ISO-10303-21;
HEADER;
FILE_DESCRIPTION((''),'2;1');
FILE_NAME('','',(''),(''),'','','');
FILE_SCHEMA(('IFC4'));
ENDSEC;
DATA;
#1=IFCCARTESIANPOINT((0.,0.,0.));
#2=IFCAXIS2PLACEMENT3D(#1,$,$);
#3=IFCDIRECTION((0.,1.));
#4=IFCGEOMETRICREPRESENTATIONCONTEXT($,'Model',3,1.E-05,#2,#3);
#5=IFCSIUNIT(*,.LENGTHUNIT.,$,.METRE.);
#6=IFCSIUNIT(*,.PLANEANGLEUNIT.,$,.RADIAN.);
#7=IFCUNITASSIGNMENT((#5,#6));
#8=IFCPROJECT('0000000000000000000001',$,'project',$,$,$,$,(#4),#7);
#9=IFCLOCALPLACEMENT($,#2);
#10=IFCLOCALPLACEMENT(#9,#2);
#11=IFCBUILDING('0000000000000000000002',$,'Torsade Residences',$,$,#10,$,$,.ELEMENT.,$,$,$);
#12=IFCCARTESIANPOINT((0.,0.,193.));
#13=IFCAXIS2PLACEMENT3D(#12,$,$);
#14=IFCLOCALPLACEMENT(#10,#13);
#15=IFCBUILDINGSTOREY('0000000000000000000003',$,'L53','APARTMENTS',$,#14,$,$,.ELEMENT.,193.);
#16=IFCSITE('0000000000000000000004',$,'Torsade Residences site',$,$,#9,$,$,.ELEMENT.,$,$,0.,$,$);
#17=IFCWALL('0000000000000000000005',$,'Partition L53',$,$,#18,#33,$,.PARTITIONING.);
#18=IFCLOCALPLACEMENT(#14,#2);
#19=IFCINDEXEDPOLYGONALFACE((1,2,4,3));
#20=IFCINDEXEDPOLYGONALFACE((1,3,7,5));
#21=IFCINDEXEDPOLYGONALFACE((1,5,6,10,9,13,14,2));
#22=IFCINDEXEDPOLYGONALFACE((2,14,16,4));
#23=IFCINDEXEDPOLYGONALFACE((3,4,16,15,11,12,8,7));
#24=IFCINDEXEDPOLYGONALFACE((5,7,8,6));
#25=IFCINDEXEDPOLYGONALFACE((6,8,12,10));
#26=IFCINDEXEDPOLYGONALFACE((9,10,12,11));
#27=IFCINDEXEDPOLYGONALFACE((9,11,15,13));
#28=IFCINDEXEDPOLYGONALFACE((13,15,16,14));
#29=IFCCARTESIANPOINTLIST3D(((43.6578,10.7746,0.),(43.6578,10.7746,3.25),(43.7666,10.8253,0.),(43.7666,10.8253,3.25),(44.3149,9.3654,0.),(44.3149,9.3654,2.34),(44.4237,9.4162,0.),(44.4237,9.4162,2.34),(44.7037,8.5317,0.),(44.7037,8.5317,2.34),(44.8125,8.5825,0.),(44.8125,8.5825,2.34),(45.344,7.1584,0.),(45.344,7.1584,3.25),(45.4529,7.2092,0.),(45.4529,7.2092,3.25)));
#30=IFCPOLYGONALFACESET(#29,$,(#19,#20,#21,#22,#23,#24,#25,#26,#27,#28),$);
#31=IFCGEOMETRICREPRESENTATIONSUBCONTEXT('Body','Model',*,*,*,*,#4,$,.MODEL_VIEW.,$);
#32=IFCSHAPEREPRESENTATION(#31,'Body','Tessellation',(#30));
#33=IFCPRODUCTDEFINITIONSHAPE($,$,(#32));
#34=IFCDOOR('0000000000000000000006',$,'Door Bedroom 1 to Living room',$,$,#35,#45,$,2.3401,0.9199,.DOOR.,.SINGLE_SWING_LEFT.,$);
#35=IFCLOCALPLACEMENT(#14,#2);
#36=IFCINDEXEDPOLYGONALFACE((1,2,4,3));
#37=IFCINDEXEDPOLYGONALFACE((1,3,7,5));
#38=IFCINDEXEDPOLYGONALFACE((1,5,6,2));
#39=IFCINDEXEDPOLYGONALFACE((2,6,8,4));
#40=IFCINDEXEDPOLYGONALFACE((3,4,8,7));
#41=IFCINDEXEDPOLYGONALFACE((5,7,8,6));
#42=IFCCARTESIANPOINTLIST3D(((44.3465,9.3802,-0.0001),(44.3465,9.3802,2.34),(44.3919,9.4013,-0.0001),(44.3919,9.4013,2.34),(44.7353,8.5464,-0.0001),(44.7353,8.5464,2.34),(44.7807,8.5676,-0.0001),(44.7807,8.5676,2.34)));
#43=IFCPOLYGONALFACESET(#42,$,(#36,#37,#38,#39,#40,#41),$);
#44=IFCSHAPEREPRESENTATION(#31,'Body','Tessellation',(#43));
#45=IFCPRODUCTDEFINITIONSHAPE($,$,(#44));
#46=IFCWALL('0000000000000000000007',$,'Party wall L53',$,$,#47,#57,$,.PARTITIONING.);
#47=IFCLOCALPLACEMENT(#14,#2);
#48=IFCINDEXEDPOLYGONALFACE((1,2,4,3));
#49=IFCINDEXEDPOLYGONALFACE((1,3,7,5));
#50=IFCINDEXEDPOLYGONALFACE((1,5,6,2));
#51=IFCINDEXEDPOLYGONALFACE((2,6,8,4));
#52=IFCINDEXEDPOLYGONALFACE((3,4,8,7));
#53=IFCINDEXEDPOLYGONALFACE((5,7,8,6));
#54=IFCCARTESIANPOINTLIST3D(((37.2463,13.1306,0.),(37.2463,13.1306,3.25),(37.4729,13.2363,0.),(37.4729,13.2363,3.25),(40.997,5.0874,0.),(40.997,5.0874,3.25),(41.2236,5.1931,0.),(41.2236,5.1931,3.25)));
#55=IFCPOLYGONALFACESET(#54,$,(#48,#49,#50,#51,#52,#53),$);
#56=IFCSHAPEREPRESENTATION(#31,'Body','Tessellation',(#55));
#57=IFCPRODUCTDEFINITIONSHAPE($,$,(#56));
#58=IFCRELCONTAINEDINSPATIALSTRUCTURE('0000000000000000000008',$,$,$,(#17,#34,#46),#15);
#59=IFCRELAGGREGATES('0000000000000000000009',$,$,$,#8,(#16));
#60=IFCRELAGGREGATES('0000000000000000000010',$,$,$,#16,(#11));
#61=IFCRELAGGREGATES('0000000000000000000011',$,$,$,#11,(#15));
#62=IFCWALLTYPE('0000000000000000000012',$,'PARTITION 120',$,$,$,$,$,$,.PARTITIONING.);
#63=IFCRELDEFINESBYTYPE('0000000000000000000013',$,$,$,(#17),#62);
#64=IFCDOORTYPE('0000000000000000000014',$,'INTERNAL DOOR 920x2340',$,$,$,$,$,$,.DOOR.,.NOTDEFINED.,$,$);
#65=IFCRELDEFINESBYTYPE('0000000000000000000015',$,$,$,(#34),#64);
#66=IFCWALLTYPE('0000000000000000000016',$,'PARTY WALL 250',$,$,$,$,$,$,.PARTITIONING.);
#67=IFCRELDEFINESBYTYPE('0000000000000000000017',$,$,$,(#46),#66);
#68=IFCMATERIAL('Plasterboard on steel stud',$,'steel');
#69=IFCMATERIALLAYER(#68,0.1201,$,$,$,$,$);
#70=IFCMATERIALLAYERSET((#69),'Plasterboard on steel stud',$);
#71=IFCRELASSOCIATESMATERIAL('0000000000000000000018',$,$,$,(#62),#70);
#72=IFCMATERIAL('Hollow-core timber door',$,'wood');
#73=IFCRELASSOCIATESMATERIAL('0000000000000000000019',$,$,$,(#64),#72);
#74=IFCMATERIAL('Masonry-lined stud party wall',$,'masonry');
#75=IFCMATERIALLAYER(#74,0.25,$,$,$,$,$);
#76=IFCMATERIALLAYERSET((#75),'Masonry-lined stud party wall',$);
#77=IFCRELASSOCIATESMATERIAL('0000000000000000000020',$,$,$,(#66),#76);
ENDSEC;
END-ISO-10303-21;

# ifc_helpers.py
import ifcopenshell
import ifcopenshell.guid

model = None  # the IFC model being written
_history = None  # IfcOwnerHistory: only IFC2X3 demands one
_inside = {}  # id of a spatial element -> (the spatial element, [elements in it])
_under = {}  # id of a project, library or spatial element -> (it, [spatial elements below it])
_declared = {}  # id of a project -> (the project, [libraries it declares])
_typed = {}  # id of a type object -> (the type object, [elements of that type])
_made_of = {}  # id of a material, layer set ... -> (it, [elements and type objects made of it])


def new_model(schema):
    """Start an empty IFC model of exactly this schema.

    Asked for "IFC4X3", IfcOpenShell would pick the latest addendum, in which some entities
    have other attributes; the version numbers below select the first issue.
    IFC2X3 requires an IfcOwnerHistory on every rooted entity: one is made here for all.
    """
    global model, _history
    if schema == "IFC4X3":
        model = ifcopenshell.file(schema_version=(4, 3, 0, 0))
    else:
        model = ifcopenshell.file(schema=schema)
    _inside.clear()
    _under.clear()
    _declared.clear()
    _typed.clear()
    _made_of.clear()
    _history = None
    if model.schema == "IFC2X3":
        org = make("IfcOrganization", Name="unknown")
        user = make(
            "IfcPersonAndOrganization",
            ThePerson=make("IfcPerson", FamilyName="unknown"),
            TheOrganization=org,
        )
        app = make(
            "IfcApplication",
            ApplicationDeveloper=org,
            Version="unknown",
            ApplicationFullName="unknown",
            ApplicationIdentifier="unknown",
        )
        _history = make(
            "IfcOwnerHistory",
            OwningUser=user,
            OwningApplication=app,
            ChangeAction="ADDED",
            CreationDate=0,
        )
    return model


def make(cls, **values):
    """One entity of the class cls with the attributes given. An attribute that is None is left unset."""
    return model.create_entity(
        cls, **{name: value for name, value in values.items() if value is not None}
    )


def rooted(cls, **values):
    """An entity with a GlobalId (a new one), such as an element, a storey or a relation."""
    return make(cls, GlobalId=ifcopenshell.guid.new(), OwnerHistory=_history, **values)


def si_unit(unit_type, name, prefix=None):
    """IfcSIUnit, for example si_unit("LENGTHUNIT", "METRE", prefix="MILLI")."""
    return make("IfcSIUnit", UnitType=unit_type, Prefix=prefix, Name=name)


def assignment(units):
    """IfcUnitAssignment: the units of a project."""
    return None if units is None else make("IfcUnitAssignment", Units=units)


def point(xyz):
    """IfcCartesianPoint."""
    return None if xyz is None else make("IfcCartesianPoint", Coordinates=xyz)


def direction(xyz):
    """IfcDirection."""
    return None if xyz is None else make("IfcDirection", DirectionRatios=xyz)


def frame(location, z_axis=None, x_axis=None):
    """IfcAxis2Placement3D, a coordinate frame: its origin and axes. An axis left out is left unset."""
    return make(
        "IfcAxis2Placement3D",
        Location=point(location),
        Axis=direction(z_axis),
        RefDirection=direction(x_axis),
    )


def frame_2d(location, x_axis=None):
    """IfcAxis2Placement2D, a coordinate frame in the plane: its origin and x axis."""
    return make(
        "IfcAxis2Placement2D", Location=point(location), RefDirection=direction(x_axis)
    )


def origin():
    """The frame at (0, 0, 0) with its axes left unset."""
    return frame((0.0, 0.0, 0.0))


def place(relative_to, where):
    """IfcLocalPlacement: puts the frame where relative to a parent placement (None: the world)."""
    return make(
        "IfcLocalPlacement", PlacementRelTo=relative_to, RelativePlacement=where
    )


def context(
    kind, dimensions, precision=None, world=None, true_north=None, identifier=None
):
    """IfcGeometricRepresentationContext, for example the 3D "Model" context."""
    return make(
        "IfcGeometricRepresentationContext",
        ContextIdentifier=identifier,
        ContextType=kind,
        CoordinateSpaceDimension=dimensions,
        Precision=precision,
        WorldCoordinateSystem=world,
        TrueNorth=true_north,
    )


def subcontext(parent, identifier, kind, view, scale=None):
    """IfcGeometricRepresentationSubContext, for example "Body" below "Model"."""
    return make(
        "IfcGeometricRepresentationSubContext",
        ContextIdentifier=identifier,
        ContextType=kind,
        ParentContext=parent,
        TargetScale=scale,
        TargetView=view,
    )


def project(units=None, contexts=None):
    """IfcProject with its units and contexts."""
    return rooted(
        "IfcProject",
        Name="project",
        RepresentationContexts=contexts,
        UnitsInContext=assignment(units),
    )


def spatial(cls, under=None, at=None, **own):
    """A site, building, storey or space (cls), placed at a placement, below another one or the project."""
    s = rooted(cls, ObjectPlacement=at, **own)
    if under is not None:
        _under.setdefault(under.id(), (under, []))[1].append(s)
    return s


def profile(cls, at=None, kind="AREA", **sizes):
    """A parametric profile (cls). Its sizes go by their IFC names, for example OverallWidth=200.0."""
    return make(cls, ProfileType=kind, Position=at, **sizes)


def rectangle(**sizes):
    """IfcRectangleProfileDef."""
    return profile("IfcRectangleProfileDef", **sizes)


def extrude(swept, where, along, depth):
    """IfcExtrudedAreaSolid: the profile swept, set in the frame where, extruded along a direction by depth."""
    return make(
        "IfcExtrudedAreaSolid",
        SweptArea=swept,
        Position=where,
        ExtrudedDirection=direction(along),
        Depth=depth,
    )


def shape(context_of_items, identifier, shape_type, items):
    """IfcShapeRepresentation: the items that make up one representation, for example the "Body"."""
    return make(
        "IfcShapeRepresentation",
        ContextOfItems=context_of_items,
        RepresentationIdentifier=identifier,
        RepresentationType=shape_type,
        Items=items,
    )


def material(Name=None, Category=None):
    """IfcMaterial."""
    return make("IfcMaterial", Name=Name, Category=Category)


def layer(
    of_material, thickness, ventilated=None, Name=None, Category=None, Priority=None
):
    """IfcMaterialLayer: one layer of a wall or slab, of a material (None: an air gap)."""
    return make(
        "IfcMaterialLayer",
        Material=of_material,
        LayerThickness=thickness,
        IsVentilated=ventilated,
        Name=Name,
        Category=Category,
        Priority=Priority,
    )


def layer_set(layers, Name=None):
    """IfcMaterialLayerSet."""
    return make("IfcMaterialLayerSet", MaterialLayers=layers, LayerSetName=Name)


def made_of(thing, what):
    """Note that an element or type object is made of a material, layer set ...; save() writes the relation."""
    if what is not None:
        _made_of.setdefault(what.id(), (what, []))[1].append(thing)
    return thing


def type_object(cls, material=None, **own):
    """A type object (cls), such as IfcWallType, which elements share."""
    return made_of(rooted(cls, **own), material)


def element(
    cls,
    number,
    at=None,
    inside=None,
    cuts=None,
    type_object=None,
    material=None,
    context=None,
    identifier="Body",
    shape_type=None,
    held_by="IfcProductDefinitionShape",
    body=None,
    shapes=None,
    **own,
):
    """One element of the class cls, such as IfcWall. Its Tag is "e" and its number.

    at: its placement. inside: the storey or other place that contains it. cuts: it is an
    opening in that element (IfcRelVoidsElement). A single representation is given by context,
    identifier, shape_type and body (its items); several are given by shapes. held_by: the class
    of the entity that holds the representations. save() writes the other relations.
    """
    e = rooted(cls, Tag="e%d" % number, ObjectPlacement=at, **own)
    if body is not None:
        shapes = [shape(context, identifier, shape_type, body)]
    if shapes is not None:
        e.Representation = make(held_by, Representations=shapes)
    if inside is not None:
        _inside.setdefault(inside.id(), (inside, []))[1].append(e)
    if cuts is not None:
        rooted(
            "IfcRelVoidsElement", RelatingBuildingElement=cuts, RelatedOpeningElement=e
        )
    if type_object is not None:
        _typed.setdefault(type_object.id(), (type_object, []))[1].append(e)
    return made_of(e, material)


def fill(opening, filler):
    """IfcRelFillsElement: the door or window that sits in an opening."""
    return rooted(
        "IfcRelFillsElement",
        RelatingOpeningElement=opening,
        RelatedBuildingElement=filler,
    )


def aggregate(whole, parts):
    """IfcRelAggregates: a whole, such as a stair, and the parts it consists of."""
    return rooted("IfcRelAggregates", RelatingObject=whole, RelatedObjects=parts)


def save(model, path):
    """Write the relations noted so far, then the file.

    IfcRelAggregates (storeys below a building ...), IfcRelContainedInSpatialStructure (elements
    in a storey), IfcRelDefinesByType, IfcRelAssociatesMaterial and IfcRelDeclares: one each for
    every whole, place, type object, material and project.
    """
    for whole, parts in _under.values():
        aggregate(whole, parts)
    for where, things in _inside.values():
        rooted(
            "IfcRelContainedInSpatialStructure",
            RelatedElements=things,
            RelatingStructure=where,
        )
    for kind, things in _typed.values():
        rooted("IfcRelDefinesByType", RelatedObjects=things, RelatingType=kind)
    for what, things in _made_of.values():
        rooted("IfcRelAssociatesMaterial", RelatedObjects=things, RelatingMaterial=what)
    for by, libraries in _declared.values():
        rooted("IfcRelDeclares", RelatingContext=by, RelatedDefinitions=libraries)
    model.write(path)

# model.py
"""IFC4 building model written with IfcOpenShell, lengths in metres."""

from ifc_helpers import new_model, si_unit, direction, frame, frame_2d, origin, place, context, subcontext, project, spatial, rectangle, extrude, material, layer, layer_set, type_object, element, fill, save


model = new_model("IFC4")

# Units and contexts
model_context = context("Model", 3, precision=1e-05, world=origin(), true_north=direction((0.0, 1.0)))
body_context = subcontext(model_context, "Body", "Model", "MODEL_VIEW")
ifc_project = project(units=[si_unit("LENGTHUNIT", "METRE"), si_unit("PLANEANGLEUNIT", "RADIAN")], contexts=[model_context])

# Site, building, storey
site_placement = place(None, origin())
site = spatial("IfcSite", under=ifc_project, at=site_placement, Name="Torsade Residences site", CompositionType="ELEMENT", RefElevation=0.0)
building_placement = place(site_placement, origin())
building = spatial("IfcBuilding", under=site, at=building_placement, Name="Torsade Residences", CompositionType="ELEMENT")
storey_placement = place(building_placement, frame((0.0, 0.0, 193.0)))
storey = spatial("IfcBuildingStorey", under=building, at=storey_placement, Name="L53", Description="APARTMENTS", CompositionType="ELEMENT", Elevation=193.0)

# Shared definitions
ifc_material_1 = material(Name="Plasterboard on steel stud", Category="steel")
ifc_layer_1 = layer(ifc_material_1, 0.1201)
ifc_layer_set_1 = layer_set([ifc_layer_1], Name="Plasterboard on steel stud")
wall_type_1 = type_object("IfcWallType", Name="PARTITION 120", PredefinedType="PARTITIONING", material=ifc_layer_set_1)

# Wall, opening, door
wall_1_placement = place(storey_placement, frame((43.7122, 10.8, 0.0), z_axis=(0.0, 0.0, 1.0), x_axis=(0.422621, -0.906307, 0.0)))
wall_1 = element("IfcWall", 1, at=wall_1_placement, inside=storey, type_object=wall_type_1, Name="Partition L53", PredefinedType="PARTITIONING", context=body_context, shape_type="SweptSolid", body=[
    extrude(rectangle(XDim=3.99, YDim=0.1201, at=frame_2d((1.9951, 0.0))), origin(), (0.0, 0.0, 1.0), 3.25),
])
opening_1_placement = place(wall_1_placement, frame((1.5549, 0.0, 0.0)))
opening_1 = element("IfcOpeningElement", 2, at=opening_1_placement, cuts=wall_1, PredefinedType="OPENING", context=body_context, shape_type="SweptSolid", body=[
    extrude(rectangle(XDim=0.9199, YDim=2.3401, at=frame_2d((0.46, 1.1699))), frame((0.0, 0.0701, 0.0), z_axis=(0.0, -1.0, 0.0), x_axis=(1.0, 0.0, 0.0)), (0.0, 0.0, 1.0), 0.1401),
])
ifc_material_2 = material(Name="Hollow-core timber door", Category="wood")
door_type_1 = type_object("IfcDoorType", Name="INTERNAL DOOR 920x2340", OperationType="NOTDEFINED", PredefinedType="DOOR", material=ifc_material_2)
door_1_placement = place(opening_1_placement, origin())
door_1 = element("IfcDoor", 3, at=door_1_placement, inside=storey, type_object=door_type_1, Name="Door Bedroom 1 to Living room", OperationType="SINGLE_SWING_LEFT", OverallHeight=2.3401, OverallWidth=0.9199, PredefinedType="DOOR", context=body_context, shape_type="SweptSolid", body=[
    extrude(rectangle(XDim=0.9199, YDim=2.3401, at=frame_2d((0.46, 1.1699))), frame((0.0, 0.0249, 0.0), z_axis=(0.0, -1.0, 0.0), x_axis=(1.0, 0.0, 0.0)), (0.0, 0.0, 1.0), 0.05),
])
fill(opening_1, door_1)

# Wall
ifc_material_3 = material(Name="Masonry-lined stud party wall", Category="masonry")
ifc_layer_2 = layer(ifc_material_3, 0.25)
ifc_layer_set_2 = layer_set([ifc_layer_2], Name="Masonry-lined stud party wall")
wall_type_2 = type_object("IfcWallType", Name="PARTY WALL 250", PredefinedType="PARTITIONING", material=ifc_layer_set_2)
wall_2_placement = place(storey_placement, frame((41.1104, 5.1401, 0.0), z_axis=(0.0, 0.0, 1.0), x_axis=(-0.422629, 0.906303, 0.0)))
element("IfcWall", 4, at=wall_2_placement, inside=storey, type_object=wall_type_2, Name="Party wall L53", PredefinedType="PARTITIONING", context=body_context, shape_type="SweptSolid", body=[
    extrude(rectangle(XDim=8.8748, YDim=0.25, at=frame_2d((4.4375, 0.0))), origin(), (0.0, 0.0, 1.0), 3.25),
])

save(model, "model.ifc")
